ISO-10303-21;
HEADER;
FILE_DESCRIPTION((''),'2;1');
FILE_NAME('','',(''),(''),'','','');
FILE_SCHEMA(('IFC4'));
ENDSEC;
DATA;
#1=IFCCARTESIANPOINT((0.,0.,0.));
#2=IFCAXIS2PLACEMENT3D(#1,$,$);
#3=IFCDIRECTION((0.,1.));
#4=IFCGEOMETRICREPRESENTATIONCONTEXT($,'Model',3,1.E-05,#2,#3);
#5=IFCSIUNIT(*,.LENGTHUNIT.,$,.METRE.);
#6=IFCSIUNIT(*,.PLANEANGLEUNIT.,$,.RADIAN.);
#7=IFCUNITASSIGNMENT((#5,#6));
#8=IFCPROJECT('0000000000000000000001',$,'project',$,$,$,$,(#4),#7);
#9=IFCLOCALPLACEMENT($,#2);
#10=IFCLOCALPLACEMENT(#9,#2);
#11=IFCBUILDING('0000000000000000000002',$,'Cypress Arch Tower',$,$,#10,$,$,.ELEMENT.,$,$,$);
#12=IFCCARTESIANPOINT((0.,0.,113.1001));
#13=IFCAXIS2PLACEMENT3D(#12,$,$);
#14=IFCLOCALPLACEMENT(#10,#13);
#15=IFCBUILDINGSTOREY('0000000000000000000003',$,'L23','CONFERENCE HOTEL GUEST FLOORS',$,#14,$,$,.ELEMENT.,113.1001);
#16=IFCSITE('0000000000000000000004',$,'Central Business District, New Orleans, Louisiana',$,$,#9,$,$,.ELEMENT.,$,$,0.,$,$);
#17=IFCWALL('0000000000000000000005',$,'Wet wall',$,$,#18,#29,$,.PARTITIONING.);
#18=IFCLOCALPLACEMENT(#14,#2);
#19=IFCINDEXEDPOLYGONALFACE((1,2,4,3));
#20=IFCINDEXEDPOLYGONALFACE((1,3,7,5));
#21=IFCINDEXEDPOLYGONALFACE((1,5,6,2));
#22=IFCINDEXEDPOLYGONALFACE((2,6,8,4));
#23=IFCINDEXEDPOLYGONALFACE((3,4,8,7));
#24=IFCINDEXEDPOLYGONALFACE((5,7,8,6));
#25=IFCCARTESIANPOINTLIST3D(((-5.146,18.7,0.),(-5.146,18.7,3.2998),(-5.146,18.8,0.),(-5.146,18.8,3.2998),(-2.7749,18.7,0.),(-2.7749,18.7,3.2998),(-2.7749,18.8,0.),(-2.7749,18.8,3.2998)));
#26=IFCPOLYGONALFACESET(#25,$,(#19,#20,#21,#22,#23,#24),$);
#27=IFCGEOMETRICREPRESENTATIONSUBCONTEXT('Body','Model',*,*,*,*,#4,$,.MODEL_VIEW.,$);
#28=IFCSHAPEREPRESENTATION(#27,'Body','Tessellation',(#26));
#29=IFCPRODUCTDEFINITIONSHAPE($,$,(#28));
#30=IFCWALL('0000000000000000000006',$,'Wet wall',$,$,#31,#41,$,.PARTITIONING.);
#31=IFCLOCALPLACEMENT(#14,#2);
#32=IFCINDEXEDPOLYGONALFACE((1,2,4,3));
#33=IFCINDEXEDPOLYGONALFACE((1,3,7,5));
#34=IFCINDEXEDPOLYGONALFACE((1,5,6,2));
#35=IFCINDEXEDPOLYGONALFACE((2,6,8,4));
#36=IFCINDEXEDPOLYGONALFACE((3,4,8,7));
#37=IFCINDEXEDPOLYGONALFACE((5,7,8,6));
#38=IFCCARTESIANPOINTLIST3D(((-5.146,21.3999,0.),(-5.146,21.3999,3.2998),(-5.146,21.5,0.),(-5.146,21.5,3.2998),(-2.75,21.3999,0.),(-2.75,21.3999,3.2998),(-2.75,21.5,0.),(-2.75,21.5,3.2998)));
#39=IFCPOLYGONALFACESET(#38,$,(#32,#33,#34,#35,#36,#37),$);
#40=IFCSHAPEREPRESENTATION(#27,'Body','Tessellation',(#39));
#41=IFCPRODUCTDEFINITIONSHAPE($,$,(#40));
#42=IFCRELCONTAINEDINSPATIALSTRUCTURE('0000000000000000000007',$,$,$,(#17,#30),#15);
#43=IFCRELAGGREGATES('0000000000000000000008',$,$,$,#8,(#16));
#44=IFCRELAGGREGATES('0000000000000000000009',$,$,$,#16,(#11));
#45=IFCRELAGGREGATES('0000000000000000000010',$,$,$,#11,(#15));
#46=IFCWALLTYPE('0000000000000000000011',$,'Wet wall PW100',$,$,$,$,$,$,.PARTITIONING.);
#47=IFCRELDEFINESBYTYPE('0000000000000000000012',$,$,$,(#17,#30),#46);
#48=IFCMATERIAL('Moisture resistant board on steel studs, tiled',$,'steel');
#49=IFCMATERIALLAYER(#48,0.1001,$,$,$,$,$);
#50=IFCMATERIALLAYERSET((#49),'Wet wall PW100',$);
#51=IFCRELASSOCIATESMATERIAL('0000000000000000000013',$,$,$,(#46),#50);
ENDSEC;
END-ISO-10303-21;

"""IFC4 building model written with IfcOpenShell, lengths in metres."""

from ifc_helpers import new_model, si_unit, direction, frame, frame_2d, origin, place, context, subcontext, project, spatial, rectangle, extrude, material, layer, layer_set, type_object, element, save


model = new_model("IFC4")

# Units and contexts
model_context = context("Model", 3, precision=1e-05, world=origin(), true_north=direction((0.0, 1.0)))
body_context = subcontext(model_context, "Body", "Model", "MODEL_VIEW")
ifc_project = project(units=[si_unit("LENGTHUNIT", "METRE"), si_unit("PLANEANGLEUNIT", "RADIAN")], contexts=[model_context])

# Site, building, storey
site_placement = place(None, origin())
site = spatial("IfcSite", under=ifc_project, at=site_placement, Name="Central Business District, New Orleans, Louisiana", CompositionType="ELEMENT", RefElevation=0.0)
building_placement = place(site_placement, origin())
building = spatial("IfcBuilding", under=site, at=building_placement, Name="Cypress Arch Tower", CompositionType="ELEMENT")
storey_placement = place(building_placement, frame((0.0, 0.0, 113.1001)))
storey = spatial("IfcBuildingStorey", under=building, at=storey_placement, Name="L23", Description="CONFERENCE HOTEL GUEST FLOORS", CompositionType="ELEMENT", Elevation=113.1001)

# Shared definitions
ifc_material_1 = material(Name="Moisture resistant board on steel studs, tiled", Category="steel")
ifc_layer_1 = layer(ifc_material_1, 0.1001)
ifc_layer_set_1 = layer_set([ifc_layer_1], Name="Wet wall PW100")
wall_type_1 = type_object("IfcWallType", Name="Wet wall PW100", PredefinedType="PARTITIONING", material=ifc_layer_set_1)

# Walls
wall_1_placement = place(storey_placement, frame((-5.146, 18.75, 0.0), z_axis=(0.0, 0.0, 1.0), x_axis=(1.0, 0.0, 0.0)))
element("IfcWall", 1, at=wall_1_placement, inside=storey, type_object=wall_type_1, Name="Wet wall", PredefinedType="PARTITIONING", context=body_context, shape_type="SweptSolid", body=[
    extrude(rectangle(XDim=2.3711, YDim=0.1001, at=frame_2d((1.1855, 0.0))), origin(), (0.0, 0.0, 1.0), 3.2998),
])
wall_2_placement = place(storey_placement, frame((-5.146, 21.45, 0.0), z_axis=(0.0, 0.0, 1.0), x_axis=(1.0, 0.0, 0.0)))
element("IfcWall", 2, at=wall_2_placement, inside=storey, type_object=wall_type_1, Name="Wet wall", PredefinedType="PARTITIONING", context=body_context, shape_type="SweptSolid", body=[
    extrude(rectangle(XDim=2.396, YDim=0.1001, at=frame_2d((1.198, 0.0))), origin(), (0.0, 0.0, 1.0), 3.2998),
])

save(model, "model.ifc")
